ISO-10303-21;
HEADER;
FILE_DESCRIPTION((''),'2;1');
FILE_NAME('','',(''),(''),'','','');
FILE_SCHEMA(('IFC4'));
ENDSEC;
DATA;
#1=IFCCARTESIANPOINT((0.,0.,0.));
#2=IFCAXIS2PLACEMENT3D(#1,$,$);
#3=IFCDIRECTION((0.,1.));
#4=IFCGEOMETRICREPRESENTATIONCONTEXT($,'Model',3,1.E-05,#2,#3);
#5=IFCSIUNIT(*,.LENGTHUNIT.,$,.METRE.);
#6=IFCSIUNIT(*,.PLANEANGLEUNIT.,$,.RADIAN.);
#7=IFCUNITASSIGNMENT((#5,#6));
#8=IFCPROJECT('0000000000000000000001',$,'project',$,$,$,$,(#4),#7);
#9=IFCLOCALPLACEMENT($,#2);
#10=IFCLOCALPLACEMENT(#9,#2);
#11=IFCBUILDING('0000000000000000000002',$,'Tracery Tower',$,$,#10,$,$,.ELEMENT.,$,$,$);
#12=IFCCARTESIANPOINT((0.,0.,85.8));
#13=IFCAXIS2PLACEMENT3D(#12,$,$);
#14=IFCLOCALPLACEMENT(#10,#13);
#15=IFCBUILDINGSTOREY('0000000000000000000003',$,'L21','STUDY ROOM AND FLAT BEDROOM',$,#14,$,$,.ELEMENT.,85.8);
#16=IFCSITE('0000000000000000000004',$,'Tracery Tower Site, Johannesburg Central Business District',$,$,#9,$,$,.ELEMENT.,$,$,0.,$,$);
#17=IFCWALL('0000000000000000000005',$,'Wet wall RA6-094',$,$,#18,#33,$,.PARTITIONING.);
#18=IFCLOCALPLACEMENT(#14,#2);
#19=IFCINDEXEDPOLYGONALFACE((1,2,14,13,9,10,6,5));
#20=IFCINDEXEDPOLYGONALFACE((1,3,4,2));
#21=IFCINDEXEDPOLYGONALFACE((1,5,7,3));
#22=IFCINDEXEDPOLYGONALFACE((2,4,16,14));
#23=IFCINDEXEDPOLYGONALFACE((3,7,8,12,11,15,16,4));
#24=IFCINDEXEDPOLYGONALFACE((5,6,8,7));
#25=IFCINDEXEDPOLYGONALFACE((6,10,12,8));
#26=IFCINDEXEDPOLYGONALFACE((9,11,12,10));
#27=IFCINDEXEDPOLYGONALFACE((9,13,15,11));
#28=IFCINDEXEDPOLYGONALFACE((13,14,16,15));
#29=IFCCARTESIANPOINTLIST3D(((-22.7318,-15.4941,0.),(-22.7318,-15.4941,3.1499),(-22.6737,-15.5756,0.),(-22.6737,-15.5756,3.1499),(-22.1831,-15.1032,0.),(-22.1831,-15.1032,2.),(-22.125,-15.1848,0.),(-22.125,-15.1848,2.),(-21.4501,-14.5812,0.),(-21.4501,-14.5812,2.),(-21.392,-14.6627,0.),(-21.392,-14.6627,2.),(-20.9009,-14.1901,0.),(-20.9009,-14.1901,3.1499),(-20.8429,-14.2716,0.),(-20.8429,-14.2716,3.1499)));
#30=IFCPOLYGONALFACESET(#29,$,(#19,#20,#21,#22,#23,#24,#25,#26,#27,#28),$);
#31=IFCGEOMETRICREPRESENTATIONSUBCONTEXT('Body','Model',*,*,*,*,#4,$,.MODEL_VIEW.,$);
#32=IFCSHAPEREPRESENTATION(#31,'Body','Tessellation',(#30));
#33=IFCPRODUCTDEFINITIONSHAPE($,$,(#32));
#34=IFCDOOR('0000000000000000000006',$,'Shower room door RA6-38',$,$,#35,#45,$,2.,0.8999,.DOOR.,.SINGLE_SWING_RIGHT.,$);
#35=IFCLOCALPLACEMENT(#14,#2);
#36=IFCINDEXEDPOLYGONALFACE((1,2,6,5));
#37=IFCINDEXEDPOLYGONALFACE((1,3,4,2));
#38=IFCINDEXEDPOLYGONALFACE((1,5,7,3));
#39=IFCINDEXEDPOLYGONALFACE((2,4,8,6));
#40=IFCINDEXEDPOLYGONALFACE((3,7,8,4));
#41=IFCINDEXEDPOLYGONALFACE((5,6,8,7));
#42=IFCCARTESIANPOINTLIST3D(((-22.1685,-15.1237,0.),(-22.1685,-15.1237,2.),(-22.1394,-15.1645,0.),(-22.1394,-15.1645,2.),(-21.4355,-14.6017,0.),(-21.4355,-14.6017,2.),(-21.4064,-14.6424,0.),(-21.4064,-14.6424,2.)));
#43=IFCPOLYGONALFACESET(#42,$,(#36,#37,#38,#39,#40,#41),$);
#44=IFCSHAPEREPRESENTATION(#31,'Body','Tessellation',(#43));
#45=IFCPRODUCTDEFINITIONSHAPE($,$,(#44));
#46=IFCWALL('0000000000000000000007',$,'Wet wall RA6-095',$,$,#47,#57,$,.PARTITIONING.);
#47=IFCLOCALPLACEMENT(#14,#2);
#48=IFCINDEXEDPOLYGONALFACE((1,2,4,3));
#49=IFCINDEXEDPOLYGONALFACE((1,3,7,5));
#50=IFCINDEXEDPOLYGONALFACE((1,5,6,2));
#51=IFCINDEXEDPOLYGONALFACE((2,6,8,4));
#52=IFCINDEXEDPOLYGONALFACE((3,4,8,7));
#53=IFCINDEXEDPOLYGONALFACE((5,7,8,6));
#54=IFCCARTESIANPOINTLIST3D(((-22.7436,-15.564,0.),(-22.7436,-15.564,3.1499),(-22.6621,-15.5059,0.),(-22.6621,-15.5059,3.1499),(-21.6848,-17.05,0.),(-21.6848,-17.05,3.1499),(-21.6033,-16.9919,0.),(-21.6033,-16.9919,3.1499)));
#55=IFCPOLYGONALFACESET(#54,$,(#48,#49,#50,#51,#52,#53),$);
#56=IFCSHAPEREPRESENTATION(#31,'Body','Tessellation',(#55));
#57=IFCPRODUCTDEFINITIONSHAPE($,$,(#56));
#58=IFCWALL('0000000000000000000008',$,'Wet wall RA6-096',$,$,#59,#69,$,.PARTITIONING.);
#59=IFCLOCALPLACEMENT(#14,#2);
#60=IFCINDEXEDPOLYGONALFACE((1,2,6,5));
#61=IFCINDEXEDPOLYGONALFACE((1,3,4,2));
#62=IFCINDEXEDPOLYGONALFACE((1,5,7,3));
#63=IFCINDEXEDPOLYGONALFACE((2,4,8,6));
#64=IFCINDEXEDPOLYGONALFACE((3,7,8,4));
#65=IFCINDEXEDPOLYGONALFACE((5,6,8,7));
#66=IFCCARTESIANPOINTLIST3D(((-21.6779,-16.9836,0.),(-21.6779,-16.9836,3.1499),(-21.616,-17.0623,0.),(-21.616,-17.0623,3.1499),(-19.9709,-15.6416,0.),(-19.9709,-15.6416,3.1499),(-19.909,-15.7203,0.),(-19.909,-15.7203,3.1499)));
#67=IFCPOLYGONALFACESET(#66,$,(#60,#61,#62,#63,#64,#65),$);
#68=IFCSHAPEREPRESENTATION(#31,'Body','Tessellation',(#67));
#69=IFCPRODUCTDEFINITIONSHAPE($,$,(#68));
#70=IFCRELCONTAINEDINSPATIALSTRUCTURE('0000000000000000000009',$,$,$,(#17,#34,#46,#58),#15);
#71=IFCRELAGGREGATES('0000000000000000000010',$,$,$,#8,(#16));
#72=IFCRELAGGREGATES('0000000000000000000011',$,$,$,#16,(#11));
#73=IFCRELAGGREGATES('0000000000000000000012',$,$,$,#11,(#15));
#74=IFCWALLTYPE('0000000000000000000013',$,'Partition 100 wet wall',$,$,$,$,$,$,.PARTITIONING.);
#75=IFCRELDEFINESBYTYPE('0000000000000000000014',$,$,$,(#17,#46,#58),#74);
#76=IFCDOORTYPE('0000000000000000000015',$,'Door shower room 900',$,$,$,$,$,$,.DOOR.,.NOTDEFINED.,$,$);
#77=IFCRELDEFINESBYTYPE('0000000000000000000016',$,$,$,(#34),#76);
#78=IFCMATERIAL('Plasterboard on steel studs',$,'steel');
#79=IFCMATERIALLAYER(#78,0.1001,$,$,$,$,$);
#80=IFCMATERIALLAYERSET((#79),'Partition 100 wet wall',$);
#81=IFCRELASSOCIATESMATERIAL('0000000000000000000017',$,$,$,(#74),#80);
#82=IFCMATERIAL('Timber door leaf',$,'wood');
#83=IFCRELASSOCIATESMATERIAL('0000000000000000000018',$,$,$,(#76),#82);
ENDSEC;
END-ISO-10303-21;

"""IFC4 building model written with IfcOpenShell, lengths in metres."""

from ifc_helpers import new_model, si_unit, direction, frame, frame_2d, origin, place, context, subcontext, project, spatial, rectangle, extrude, material, layer, layer_set, type_object, element, fill, save


model = new_model("IFC4")

# Units and contexts
model_context = context("Model", 3, precision=1e-05, world=origin(), true_north=direction((0.0, 1.0)))
body_context = subcontext(model_context, "Body", "Model", "MODEL_VIEW")
ifc_project = project(units=[si_unit("LENGTHUNIT", "METRE"), si_unit("PLANEANGLEUNIT", "RADIAN")], contexts=[model_context])

# Site, building, storey
site_placement = place(None, origin())
site = spatial("IfcSite", under=ifc_project, at=site_placement, Name="Tracery Tower Site, Johannesburg Central Business District", CompositionType="ELEMENT", RefElevation=0.0)
building_placement = place(site_placement, origin())
building = spatial("IfcBuilding", under=site, at=building_placement, Name="Tracery Tower", CompositionType="ELEMENT")
storey_placement = place(building_placement, frame((0.0, 0.0, 85.8)))
storey = spatial("IfcBuildingStorey", under=building, at=storey_placement, Name="L21", Description="STUDY ROOM AND FLAT BEDROOM", CompositionType="ELEMENT", Elevation=85.8)

# Wall, opening, door
ifc_material_1 = material(Name="Plasterboard on steel studs", Category="steel")
ifc_layer_1 = layer(ifc_material_1, 0.1001)
ifc_layer_set_1 = layer_set([ifc_layer_1], Name="Partition 100 wet wall")
wall_type_1 = type_object("IfcWallType", Name="Partition 100 wet wall", PredefinedType="PARTITIONING", material=ifc_layer_set_1)
wall_1_placement = place(storey_placement, frame((-22.7029, -15.5349, 0.0), z_axis=(0.0, 0.0, 1.0), x_axis=(0.814525, 0.580128, 0.0)))
wall_1 = element("IfcWall", 1, at=wall_1_placement, inside=storey, type_object=wall_type_1, Name="Wet wall RA6-094", PredefinedType="PARTITIONING", context=body_context, shape_type="SweptSolid", body=[
    extrude(rectangle(XDim=2.2478, YDim=0.1001, at=frame_2d((1.124, 0.0))), origin(), (0.0, 0.0, 1.0), 3.1499),
])
opening_1_placement = place(wall_1_placement, frame((0.6738, 0.0, 0.0)))
opening_1 = element("IfcOpeningElement", 2, at=opening_1_placement, cuts=wall_1, PredefinedType="OPENING", context=body_context, shape_type="SweptSolid", body=[
    extrude(rectangle(XDim=0.8999, YDim=2.0, at=frame_2d((0.45, 1.0))), frame((0.0, 0.05, 0.0), z_axis=(0.0, -1.0, 0.0), x_axis=(1.0, 0.0, 0.0)), (0.0, 0.0, 1.0), 0.1001),
])
ifc_material_2 = material(Name="Timber door leaf", Category="wood")
door_type_1 = type_object("IfcDoorType", Name="Door shower room 900", OperationType="NOTDEFINED", PredefinedType="DOOR", material=ifc_material_2)
door_1_placement = place(opening_1_placement, origin())
door_1 = element("IfcDoor", 3, at=door_1_placement, inside=storey, type_object=door_type_1, Name="Shower room door RA6-38", OperationType="SINGLE_SWING_RIGHT", OverallHeight=2.0, OverallWidth=0.8999, PredefinedType="DOOR", context=body_context, shape_type="SweptSolid", body=[
    extrude(rectangle(XDim=0.8999, YDim=2.0, at=frame_2d((0.45, 1.0))), frame((0.0, 0.0249, 0.0), z_axis=(0.0, -1.0, 0.0), x_axis=(1.0, 0.0, 0.0)), (0.0, 0.0, 1.0), 0.05),
])
fill(opening_1, door_1)

# Walls
wall_2_placement = place(storey_placement, frame((-22.7029, -15.5349, 0.0), z_axis=(0.0, 0.0, 1.0), x_axis=(0.580276, -0.81442, 0.0)))
element("IfcWall", 4, at=wall_2_placement, inside=storey, type_object=wall_type_1, Name="Wet wall RA6-095", PredefinedType="PARTITIONING", context=body_context, shape_type="SweptSolid", body=[
    extrude(rectangle(XDim=1.8247, YDim=0.1001, at=frame_2d((0.9124, 0.0))), origin(), (0.0, 0.0, 1.0), 3.1499),
])
wall_3_placement = place(storey_placement, frame((-21.647, -17.0229, 0.0), z_axis=(0.0, 0.0, 1.0), x_axis=(0.786139, 0.61805, 0.0)))
element("IfcWall", 5, at=wall_3_placement, inside=storey, type_object=wall_type_1, Name="Wet wall RA6-096", PredefinedType="PARTITIONING", context=body_context, shape_type="SweptSolid", body=[
    extrude(rectangle(XDim=2.1714, YDim=0.1001, at=frame_2d((1.0857, 0.0))), origin(), (0.0, 0.0, 1.0), 3.1499),
])

save(model, "model.ifc")
